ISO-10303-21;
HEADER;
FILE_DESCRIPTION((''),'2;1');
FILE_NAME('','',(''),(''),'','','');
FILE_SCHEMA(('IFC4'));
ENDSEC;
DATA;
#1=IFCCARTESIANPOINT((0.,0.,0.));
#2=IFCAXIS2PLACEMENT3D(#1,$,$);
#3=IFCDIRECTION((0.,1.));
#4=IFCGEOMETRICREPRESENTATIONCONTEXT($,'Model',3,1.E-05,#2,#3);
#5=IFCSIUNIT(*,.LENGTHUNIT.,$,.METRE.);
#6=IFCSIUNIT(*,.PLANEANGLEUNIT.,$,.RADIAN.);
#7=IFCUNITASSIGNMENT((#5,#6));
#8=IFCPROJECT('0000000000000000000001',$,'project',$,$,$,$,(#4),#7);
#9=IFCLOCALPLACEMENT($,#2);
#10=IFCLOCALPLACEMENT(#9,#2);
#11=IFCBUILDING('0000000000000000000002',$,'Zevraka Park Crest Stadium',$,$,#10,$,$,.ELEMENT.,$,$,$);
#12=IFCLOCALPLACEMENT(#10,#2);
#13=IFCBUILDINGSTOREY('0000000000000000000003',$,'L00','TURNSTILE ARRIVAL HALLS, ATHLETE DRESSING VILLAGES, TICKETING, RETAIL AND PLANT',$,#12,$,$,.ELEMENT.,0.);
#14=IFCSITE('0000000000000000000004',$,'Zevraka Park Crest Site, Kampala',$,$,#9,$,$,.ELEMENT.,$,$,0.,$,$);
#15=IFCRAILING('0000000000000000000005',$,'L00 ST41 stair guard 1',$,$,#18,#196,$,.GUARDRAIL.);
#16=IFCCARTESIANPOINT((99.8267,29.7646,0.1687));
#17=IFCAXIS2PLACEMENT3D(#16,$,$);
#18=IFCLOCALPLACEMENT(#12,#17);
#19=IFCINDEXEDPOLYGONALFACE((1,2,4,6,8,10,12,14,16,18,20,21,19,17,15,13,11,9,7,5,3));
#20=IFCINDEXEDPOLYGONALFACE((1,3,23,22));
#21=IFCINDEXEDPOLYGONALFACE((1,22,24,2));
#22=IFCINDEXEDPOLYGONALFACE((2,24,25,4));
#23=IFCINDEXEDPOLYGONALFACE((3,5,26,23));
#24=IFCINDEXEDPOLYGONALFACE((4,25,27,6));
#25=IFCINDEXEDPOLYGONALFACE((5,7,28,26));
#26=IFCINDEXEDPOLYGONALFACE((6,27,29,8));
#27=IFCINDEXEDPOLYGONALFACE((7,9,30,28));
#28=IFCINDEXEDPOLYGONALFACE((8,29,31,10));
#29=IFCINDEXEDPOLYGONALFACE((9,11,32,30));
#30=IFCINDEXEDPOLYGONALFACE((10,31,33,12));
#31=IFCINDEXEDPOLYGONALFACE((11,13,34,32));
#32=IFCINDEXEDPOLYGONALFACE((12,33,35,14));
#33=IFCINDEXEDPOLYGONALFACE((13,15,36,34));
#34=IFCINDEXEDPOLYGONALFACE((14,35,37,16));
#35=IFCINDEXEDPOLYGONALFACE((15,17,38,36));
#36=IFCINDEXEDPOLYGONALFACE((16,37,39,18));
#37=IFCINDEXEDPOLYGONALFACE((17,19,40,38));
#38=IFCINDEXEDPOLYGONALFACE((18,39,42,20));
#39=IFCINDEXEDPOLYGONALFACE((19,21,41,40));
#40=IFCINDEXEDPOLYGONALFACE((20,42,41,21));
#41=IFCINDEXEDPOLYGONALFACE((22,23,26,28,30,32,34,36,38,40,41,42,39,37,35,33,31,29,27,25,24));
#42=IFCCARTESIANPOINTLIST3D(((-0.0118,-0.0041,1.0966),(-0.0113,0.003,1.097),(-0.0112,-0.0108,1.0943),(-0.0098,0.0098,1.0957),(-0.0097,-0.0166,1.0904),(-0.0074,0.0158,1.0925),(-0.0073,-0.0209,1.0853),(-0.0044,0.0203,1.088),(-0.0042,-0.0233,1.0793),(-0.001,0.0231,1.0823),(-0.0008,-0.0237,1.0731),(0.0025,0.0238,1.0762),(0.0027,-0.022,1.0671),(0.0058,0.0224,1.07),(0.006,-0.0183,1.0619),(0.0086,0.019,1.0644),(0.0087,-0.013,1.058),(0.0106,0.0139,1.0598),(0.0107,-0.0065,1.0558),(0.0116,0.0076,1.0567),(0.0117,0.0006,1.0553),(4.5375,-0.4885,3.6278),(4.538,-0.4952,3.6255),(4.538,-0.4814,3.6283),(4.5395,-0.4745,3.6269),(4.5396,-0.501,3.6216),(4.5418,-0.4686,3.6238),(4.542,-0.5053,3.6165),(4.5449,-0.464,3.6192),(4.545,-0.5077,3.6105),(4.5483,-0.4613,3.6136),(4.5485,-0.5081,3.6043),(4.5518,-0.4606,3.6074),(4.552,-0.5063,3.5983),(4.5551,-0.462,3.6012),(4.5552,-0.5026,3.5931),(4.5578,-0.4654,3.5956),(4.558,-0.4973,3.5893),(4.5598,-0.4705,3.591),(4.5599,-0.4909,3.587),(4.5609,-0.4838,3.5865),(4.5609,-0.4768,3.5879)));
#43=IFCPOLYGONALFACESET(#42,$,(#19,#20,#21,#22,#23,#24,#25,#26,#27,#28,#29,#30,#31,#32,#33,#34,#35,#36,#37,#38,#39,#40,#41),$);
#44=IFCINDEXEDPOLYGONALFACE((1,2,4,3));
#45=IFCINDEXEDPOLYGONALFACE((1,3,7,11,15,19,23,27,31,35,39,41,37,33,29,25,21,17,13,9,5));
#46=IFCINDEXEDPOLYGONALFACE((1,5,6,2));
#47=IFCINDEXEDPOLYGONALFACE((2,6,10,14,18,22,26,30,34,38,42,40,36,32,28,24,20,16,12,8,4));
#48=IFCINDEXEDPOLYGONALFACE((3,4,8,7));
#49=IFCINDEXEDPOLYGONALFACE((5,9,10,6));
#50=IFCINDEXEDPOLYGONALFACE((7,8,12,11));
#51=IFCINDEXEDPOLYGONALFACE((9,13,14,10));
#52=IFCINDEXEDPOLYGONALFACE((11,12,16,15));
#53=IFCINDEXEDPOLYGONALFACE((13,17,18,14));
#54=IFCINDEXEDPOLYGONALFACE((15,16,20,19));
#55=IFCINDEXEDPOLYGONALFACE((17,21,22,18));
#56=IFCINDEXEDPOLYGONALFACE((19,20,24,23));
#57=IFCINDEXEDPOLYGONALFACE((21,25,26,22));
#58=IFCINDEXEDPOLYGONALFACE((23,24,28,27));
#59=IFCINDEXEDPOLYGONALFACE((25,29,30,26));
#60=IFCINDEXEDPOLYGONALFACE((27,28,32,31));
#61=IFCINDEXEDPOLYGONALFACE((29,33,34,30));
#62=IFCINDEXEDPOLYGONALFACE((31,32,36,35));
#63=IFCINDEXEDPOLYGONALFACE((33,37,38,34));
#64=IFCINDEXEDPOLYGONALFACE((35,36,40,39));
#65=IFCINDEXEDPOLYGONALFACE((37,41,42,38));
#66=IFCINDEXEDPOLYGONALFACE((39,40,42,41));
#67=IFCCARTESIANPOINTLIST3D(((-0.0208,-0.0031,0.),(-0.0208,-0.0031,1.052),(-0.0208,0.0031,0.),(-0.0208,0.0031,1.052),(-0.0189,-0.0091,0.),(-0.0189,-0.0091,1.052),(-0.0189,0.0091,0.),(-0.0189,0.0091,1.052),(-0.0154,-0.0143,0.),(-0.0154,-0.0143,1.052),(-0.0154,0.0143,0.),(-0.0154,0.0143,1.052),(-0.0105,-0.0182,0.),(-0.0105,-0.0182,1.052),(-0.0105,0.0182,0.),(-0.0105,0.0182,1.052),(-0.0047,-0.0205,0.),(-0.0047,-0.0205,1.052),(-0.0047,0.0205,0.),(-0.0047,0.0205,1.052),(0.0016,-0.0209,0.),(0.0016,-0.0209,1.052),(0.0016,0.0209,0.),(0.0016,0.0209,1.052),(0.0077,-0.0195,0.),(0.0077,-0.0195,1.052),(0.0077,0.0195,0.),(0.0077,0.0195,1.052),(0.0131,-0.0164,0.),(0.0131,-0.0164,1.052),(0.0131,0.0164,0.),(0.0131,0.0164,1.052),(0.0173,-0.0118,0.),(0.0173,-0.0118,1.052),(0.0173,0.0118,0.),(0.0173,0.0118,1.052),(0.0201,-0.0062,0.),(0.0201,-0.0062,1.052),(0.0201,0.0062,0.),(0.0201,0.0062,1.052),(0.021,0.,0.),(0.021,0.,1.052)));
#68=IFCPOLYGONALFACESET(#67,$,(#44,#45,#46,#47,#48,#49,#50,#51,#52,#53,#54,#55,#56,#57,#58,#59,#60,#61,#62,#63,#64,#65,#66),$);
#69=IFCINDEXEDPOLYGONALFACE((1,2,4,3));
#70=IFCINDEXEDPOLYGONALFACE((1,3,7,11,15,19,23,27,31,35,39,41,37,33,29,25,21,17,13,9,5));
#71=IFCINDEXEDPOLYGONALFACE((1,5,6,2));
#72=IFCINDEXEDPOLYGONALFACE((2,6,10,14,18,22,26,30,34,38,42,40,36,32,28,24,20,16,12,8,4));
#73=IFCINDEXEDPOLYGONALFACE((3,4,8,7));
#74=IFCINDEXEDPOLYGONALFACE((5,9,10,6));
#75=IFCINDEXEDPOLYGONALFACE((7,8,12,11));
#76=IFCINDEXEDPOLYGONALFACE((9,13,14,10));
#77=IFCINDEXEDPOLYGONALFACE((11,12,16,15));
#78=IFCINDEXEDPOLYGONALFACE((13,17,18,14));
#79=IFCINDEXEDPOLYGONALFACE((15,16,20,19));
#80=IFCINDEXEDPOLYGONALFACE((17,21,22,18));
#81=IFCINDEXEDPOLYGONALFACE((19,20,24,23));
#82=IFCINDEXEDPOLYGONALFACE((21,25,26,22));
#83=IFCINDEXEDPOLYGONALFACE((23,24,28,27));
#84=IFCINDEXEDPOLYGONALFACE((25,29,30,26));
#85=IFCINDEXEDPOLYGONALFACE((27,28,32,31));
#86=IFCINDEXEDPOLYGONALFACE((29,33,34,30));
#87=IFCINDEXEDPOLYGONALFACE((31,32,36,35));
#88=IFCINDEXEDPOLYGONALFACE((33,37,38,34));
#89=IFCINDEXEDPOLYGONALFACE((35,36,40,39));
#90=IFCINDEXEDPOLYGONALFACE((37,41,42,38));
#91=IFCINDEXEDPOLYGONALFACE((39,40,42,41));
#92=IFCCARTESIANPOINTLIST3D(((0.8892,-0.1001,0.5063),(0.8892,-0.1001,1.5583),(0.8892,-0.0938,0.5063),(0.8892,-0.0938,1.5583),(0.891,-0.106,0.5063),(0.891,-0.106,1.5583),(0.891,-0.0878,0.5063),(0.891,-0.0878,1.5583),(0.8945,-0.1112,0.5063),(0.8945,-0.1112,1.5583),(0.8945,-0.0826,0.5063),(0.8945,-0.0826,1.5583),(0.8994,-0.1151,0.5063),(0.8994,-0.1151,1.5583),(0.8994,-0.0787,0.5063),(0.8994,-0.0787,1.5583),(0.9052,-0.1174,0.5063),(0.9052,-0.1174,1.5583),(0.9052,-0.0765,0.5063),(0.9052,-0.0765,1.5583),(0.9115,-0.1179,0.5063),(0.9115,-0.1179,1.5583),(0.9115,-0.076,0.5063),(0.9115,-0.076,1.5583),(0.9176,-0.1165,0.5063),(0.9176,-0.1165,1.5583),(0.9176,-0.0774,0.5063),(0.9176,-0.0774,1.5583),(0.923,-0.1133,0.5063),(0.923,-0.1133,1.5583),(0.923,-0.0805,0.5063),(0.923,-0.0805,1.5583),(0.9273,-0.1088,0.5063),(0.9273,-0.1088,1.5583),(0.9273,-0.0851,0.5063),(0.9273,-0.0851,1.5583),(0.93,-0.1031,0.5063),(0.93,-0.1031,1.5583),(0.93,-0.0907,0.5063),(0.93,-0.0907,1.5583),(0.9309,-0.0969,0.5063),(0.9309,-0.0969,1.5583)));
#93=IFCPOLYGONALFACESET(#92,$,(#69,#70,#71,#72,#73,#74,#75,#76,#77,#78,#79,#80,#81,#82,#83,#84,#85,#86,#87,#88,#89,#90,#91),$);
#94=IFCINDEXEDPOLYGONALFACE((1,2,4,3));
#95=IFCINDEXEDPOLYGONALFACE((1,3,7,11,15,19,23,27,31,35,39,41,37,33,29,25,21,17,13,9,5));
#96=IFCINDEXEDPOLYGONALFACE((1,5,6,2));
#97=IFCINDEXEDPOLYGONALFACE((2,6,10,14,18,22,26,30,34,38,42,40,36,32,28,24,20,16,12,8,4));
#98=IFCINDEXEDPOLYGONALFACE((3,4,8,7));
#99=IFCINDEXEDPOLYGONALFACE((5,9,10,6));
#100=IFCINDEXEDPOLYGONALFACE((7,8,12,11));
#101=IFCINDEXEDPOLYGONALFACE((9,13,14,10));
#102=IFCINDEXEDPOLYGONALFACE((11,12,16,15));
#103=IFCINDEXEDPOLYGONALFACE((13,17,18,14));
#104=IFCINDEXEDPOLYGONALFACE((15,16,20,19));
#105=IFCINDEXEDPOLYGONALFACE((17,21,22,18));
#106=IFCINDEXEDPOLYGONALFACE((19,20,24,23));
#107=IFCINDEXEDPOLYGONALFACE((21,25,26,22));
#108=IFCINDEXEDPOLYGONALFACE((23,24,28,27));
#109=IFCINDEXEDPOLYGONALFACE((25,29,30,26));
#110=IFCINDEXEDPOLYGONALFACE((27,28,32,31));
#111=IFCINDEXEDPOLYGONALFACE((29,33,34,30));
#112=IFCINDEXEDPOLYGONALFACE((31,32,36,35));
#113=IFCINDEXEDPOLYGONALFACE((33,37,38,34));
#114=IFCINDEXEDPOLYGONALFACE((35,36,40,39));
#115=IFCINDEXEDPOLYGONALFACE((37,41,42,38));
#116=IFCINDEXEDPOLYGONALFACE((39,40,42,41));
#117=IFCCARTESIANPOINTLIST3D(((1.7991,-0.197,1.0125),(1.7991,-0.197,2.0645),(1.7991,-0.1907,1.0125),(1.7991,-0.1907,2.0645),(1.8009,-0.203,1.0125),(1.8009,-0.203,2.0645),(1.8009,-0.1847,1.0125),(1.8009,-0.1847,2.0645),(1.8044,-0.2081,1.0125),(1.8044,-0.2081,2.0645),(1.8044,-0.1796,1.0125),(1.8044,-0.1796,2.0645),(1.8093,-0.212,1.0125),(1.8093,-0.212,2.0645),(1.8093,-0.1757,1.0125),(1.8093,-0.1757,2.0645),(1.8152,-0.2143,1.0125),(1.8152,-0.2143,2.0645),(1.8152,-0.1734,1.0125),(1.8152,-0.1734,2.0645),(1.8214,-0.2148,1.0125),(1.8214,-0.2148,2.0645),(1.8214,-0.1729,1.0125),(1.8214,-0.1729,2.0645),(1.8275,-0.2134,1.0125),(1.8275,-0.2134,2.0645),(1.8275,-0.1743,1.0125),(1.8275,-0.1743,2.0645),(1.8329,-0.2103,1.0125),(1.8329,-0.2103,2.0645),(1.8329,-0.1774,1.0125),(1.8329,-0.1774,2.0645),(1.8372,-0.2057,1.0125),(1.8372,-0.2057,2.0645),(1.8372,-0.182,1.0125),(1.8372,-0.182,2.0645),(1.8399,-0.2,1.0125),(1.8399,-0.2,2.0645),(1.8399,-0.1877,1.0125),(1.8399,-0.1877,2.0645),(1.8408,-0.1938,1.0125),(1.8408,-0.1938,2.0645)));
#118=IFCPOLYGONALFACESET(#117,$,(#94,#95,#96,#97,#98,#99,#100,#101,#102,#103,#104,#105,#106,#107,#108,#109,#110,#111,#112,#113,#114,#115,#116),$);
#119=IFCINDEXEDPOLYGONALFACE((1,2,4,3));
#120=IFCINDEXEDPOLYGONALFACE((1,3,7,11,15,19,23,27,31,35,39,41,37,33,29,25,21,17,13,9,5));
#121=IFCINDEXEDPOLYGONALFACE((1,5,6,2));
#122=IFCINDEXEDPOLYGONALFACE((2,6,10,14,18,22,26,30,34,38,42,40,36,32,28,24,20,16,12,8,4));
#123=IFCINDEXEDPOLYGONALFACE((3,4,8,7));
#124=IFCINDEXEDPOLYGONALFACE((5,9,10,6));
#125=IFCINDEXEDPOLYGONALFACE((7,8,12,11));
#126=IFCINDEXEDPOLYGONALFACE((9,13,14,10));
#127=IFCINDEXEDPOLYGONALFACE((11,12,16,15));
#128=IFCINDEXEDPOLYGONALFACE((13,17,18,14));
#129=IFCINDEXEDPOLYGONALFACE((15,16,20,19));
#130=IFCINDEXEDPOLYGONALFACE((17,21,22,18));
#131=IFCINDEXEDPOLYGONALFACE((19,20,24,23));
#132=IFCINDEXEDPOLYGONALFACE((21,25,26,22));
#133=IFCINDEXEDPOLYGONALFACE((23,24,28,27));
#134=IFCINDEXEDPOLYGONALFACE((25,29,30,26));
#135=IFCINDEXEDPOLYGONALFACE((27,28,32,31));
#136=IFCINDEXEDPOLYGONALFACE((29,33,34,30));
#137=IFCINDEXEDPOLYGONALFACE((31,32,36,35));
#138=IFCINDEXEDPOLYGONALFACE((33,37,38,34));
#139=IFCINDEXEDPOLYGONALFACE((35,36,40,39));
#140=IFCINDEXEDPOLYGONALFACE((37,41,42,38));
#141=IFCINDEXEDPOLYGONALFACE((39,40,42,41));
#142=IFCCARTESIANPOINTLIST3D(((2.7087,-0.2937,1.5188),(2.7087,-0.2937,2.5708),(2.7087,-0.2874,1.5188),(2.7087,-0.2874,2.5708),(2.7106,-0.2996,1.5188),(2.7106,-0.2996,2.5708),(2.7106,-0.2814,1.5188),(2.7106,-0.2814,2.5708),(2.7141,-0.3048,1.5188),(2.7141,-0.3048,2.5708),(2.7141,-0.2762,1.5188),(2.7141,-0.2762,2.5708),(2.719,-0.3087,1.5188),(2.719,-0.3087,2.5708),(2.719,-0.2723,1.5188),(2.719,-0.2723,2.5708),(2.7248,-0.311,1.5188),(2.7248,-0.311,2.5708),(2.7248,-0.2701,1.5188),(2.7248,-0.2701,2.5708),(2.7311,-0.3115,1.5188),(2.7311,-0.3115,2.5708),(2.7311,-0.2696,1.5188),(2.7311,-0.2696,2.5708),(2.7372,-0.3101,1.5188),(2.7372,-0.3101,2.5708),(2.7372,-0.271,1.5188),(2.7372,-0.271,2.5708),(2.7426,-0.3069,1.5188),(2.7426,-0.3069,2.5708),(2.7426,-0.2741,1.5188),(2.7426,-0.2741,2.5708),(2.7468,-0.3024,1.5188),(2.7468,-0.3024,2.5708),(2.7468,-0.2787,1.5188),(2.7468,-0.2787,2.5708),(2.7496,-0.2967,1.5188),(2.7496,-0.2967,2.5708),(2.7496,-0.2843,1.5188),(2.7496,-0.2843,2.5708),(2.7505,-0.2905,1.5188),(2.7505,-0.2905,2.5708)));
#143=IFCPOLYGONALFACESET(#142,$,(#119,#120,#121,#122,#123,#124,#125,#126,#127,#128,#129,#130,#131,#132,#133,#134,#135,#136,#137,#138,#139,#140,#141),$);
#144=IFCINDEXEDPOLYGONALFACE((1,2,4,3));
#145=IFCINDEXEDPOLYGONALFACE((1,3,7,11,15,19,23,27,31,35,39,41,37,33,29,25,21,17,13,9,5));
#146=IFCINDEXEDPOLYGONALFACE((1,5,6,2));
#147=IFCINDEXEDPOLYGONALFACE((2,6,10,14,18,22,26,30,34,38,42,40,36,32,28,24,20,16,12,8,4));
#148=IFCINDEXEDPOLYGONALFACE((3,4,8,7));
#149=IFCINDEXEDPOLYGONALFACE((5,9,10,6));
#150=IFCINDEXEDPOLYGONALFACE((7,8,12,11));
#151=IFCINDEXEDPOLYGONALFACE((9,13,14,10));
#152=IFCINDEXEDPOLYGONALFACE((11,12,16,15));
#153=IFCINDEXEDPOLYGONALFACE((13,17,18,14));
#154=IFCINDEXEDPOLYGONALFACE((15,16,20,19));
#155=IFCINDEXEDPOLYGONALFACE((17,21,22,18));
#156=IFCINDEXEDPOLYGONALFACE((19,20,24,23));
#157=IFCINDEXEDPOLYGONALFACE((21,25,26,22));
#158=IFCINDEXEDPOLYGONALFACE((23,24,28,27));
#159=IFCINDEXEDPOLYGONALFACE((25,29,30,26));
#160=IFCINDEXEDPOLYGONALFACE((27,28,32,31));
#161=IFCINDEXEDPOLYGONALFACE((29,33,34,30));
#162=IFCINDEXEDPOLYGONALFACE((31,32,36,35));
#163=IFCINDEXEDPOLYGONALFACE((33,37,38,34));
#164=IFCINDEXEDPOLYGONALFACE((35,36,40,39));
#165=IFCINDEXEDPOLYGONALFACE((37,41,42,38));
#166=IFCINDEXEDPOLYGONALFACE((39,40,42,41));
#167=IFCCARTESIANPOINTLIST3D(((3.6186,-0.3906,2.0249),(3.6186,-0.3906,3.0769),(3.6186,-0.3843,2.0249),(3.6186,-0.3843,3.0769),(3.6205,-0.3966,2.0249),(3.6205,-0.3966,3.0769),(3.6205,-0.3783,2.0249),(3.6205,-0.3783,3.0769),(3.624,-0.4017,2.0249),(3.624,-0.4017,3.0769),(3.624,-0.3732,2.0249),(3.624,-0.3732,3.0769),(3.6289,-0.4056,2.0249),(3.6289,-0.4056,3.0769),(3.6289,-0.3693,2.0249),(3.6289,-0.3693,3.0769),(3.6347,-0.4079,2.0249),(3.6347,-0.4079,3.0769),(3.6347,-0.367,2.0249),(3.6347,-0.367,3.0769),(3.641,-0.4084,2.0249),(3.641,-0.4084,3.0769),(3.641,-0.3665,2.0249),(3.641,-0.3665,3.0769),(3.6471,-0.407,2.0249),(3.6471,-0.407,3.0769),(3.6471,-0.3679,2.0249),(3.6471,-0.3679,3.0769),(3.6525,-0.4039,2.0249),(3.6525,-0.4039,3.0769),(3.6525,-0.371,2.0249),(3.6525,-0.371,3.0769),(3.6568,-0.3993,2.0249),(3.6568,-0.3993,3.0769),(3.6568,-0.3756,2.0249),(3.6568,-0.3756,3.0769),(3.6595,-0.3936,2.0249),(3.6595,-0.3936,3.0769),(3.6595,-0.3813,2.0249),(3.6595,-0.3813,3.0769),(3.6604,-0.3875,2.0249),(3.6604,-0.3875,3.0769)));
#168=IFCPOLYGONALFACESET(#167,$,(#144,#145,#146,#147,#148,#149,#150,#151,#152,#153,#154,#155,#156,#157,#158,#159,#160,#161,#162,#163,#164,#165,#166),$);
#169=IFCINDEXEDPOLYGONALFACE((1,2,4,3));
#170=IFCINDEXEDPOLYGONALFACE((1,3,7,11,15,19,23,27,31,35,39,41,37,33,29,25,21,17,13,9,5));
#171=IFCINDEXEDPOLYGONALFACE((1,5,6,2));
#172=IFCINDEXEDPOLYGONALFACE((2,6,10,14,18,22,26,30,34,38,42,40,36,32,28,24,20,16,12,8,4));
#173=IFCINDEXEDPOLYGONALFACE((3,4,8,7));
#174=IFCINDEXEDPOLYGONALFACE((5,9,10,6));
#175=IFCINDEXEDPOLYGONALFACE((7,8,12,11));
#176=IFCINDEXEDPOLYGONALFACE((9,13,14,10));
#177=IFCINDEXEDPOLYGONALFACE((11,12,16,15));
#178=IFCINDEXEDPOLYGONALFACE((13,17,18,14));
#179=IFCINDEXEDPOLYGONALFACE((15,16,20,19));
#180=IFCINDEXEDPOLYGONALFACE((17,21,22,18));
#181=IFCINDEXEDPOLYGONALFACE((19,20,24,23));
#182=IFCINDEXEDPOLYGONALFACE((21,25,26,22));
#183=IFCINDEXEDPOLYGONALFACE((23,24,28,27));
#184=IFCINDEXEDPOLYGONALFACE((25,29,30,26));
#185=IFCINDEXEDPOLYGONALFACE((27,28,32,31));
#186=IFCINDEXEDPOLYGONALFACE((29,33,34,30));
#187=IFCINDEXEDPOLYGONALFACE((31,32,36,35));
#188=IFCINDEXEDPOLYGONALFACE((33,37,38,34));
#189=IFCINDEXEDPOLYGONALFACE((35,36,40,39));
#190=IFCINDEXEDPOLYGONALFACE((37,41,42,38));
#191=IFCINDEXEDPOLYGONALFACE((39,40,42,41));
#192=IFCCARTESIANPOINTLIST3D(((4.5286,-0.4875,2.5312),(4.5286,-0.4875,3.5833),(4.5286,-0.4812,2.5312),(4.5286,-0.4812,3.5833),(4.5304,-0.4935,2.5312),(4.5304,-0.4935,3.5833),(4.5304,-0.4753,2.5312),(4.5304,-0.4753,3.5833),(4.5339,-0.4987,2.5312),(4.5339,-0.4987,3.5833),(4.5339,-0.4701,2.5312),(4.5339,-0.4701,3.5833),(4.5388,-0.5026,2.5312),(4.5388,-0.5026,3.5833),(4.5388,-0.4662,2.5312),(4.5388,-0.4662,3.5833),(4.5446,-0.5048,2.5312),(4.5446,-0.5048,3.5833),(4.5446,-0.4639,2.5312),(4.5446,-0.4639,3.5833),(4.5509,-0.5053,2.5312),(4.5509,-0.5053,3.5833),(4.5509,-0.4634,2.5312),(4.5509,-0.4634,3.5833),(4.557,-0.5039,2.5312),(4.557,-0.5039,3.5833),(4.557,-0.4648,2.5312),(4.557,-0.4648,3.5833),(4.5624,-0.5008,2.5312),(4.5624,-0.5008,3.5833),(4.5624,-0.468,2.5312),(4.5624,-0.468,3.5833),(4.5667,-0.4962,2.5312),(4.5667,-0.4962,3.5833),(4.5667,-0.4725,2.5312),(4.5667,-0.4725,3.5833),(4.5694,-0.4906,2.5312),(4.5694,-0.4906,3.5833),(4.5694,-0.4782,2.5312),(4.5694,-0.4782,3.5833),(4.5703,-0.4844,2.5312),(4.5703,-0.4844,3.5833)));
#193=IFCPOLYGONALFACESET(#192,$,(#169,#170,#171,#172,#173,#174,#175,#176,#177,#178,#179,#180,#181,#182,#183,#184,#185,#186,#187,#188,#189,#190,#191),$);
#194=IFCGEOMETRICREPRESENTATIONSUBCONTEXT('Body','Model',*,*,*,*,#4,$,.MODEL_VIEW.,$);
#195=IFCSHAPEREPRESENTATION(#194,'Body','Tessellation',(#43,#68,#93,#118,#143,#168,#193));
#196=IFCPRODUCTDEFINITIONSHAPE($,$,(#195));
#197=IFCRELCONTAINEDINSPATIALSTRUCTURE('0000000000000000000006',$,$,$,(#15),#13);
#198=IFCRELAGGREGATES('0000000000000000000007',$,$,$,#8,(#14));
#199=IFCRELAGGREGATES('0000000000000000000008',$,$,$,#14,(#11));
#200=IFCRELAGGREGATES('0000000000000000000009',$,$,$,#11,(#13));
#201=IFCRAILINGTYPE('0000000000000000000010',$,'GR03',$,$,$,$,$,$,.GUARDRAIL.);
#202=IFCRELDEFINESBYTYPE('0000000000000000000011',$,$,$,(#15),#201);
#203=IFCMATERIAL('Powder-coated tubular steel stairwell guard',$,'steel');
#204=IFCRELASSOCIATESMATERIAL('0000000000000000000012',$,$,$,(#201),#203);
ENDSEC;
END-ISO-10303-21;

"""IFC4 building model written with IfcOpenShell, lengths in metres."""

from ifc_helpers import new_model, si_unit, direction, frame, origin, origin_2d, place, context, subcontext, project, spatial, circle, extrude, material, type_object, element, save


model = new_model("IFC4")

# Units and contexts
model_context = context("Model", 3, precision=1e-05, world=origin(), true_north=direction((0.0, 1.0)))
body_context = subcontext(model_context, "Body", "Model", "MODEL_VIEW")
ifc_project = project(units=[si_unit("LENGTHUNIT", "METRE"), si_unit("PLANEANGLEUNIT", "RADIAN")], contexts=[model_context])

# Site, building, storey
site_placement = place(None, origin())
site = spatial("IfcSite", under=ifc_project, at=site_placement, Name="Zevraka Park Crest Site, Kampala", CompositionType="ELEMENT", RefElevation=0.0)
building_placement = place(site_placement, origin())
building = spatial("IfcBuilding", under=site, at=building_placement, Name="Zevraka Park Crest Stadium", CompositionType="ELEMENT")
storey_placement = place(building_placement, origin())
storey = spatial("IfcBuildingStorey", under=building, at=storey_placement, Name="L00", Description="TURNSTILE ARRIVAL HALLS, ATHLETE DRESSING VILLAGES, TICKETING, RETAIL AND PLANT", CompositionType="ELEMENT", Elevation=0.0)

# Railing
ifc_material_1 = material(Name="Powder-coated tubular steel stairwell guard", Category="steel")
railing_type_1 = type_object("IfcRailingType", Name="GR03", PredefinedType="GUARDRAIL", material=ifc_material_1)
railing_1_placement = place(storey_placement, frame((99.8267, 29.7646, 0.1687)))
element("IfcRailing", 1, at=railing_1_placement, inside=storey, type_object=railing_type_1, Name="L00 ST41 stair guard 1", PredefinedType="GUARDRAIL", context=body_context, shape_type="SweptSolid", body=[
    extrude(circle(Radius=0.0239, at=origin_2d()), frame((0.0, 0.0, 1.0762), z_axis=(0.870085, -0.09264, 0.484117), x_axis=(0.105874, 0.99438, 0.0)), (0.0, 0.0, 1.0), 5.2285),
    extrude(circle(Radius=0.021, at=origin_2d()), origin(), (0.0, 0.0, 1.0), 1.052),
    extrude(circle(Radius=0.021, at=origin_2d()), frame((0.9099, -0.0969, 0.5063)), (0.0, 0.0, 1.0), 1.052),
    extrude(circle(Radius=0.021, at=origin_2d()), frame((1.8198, -0.1938, 1.0125)), (0.0, 0.0, 1.0), 1.052),
    extrude(circle(Radius=0.021, at=origin_2d()), frame((2.7295, -0.2905, 1.5188)), (0.0, 0.0, 1.0), 1.052),
    extrude(circle(Radius=0.021, at=origin_2d()), frame((3.6394, -0.3875, 2.0249)), (0.0, 0.0, 1.0), 1.052),
    extrude(circle(Radius=0.021, at=origin_2d()), frame((4.5493, -0.4844, 2.5312)), (0.0, 0.0, 1.0), 1.052),
])

save(model, "model.ifc")
